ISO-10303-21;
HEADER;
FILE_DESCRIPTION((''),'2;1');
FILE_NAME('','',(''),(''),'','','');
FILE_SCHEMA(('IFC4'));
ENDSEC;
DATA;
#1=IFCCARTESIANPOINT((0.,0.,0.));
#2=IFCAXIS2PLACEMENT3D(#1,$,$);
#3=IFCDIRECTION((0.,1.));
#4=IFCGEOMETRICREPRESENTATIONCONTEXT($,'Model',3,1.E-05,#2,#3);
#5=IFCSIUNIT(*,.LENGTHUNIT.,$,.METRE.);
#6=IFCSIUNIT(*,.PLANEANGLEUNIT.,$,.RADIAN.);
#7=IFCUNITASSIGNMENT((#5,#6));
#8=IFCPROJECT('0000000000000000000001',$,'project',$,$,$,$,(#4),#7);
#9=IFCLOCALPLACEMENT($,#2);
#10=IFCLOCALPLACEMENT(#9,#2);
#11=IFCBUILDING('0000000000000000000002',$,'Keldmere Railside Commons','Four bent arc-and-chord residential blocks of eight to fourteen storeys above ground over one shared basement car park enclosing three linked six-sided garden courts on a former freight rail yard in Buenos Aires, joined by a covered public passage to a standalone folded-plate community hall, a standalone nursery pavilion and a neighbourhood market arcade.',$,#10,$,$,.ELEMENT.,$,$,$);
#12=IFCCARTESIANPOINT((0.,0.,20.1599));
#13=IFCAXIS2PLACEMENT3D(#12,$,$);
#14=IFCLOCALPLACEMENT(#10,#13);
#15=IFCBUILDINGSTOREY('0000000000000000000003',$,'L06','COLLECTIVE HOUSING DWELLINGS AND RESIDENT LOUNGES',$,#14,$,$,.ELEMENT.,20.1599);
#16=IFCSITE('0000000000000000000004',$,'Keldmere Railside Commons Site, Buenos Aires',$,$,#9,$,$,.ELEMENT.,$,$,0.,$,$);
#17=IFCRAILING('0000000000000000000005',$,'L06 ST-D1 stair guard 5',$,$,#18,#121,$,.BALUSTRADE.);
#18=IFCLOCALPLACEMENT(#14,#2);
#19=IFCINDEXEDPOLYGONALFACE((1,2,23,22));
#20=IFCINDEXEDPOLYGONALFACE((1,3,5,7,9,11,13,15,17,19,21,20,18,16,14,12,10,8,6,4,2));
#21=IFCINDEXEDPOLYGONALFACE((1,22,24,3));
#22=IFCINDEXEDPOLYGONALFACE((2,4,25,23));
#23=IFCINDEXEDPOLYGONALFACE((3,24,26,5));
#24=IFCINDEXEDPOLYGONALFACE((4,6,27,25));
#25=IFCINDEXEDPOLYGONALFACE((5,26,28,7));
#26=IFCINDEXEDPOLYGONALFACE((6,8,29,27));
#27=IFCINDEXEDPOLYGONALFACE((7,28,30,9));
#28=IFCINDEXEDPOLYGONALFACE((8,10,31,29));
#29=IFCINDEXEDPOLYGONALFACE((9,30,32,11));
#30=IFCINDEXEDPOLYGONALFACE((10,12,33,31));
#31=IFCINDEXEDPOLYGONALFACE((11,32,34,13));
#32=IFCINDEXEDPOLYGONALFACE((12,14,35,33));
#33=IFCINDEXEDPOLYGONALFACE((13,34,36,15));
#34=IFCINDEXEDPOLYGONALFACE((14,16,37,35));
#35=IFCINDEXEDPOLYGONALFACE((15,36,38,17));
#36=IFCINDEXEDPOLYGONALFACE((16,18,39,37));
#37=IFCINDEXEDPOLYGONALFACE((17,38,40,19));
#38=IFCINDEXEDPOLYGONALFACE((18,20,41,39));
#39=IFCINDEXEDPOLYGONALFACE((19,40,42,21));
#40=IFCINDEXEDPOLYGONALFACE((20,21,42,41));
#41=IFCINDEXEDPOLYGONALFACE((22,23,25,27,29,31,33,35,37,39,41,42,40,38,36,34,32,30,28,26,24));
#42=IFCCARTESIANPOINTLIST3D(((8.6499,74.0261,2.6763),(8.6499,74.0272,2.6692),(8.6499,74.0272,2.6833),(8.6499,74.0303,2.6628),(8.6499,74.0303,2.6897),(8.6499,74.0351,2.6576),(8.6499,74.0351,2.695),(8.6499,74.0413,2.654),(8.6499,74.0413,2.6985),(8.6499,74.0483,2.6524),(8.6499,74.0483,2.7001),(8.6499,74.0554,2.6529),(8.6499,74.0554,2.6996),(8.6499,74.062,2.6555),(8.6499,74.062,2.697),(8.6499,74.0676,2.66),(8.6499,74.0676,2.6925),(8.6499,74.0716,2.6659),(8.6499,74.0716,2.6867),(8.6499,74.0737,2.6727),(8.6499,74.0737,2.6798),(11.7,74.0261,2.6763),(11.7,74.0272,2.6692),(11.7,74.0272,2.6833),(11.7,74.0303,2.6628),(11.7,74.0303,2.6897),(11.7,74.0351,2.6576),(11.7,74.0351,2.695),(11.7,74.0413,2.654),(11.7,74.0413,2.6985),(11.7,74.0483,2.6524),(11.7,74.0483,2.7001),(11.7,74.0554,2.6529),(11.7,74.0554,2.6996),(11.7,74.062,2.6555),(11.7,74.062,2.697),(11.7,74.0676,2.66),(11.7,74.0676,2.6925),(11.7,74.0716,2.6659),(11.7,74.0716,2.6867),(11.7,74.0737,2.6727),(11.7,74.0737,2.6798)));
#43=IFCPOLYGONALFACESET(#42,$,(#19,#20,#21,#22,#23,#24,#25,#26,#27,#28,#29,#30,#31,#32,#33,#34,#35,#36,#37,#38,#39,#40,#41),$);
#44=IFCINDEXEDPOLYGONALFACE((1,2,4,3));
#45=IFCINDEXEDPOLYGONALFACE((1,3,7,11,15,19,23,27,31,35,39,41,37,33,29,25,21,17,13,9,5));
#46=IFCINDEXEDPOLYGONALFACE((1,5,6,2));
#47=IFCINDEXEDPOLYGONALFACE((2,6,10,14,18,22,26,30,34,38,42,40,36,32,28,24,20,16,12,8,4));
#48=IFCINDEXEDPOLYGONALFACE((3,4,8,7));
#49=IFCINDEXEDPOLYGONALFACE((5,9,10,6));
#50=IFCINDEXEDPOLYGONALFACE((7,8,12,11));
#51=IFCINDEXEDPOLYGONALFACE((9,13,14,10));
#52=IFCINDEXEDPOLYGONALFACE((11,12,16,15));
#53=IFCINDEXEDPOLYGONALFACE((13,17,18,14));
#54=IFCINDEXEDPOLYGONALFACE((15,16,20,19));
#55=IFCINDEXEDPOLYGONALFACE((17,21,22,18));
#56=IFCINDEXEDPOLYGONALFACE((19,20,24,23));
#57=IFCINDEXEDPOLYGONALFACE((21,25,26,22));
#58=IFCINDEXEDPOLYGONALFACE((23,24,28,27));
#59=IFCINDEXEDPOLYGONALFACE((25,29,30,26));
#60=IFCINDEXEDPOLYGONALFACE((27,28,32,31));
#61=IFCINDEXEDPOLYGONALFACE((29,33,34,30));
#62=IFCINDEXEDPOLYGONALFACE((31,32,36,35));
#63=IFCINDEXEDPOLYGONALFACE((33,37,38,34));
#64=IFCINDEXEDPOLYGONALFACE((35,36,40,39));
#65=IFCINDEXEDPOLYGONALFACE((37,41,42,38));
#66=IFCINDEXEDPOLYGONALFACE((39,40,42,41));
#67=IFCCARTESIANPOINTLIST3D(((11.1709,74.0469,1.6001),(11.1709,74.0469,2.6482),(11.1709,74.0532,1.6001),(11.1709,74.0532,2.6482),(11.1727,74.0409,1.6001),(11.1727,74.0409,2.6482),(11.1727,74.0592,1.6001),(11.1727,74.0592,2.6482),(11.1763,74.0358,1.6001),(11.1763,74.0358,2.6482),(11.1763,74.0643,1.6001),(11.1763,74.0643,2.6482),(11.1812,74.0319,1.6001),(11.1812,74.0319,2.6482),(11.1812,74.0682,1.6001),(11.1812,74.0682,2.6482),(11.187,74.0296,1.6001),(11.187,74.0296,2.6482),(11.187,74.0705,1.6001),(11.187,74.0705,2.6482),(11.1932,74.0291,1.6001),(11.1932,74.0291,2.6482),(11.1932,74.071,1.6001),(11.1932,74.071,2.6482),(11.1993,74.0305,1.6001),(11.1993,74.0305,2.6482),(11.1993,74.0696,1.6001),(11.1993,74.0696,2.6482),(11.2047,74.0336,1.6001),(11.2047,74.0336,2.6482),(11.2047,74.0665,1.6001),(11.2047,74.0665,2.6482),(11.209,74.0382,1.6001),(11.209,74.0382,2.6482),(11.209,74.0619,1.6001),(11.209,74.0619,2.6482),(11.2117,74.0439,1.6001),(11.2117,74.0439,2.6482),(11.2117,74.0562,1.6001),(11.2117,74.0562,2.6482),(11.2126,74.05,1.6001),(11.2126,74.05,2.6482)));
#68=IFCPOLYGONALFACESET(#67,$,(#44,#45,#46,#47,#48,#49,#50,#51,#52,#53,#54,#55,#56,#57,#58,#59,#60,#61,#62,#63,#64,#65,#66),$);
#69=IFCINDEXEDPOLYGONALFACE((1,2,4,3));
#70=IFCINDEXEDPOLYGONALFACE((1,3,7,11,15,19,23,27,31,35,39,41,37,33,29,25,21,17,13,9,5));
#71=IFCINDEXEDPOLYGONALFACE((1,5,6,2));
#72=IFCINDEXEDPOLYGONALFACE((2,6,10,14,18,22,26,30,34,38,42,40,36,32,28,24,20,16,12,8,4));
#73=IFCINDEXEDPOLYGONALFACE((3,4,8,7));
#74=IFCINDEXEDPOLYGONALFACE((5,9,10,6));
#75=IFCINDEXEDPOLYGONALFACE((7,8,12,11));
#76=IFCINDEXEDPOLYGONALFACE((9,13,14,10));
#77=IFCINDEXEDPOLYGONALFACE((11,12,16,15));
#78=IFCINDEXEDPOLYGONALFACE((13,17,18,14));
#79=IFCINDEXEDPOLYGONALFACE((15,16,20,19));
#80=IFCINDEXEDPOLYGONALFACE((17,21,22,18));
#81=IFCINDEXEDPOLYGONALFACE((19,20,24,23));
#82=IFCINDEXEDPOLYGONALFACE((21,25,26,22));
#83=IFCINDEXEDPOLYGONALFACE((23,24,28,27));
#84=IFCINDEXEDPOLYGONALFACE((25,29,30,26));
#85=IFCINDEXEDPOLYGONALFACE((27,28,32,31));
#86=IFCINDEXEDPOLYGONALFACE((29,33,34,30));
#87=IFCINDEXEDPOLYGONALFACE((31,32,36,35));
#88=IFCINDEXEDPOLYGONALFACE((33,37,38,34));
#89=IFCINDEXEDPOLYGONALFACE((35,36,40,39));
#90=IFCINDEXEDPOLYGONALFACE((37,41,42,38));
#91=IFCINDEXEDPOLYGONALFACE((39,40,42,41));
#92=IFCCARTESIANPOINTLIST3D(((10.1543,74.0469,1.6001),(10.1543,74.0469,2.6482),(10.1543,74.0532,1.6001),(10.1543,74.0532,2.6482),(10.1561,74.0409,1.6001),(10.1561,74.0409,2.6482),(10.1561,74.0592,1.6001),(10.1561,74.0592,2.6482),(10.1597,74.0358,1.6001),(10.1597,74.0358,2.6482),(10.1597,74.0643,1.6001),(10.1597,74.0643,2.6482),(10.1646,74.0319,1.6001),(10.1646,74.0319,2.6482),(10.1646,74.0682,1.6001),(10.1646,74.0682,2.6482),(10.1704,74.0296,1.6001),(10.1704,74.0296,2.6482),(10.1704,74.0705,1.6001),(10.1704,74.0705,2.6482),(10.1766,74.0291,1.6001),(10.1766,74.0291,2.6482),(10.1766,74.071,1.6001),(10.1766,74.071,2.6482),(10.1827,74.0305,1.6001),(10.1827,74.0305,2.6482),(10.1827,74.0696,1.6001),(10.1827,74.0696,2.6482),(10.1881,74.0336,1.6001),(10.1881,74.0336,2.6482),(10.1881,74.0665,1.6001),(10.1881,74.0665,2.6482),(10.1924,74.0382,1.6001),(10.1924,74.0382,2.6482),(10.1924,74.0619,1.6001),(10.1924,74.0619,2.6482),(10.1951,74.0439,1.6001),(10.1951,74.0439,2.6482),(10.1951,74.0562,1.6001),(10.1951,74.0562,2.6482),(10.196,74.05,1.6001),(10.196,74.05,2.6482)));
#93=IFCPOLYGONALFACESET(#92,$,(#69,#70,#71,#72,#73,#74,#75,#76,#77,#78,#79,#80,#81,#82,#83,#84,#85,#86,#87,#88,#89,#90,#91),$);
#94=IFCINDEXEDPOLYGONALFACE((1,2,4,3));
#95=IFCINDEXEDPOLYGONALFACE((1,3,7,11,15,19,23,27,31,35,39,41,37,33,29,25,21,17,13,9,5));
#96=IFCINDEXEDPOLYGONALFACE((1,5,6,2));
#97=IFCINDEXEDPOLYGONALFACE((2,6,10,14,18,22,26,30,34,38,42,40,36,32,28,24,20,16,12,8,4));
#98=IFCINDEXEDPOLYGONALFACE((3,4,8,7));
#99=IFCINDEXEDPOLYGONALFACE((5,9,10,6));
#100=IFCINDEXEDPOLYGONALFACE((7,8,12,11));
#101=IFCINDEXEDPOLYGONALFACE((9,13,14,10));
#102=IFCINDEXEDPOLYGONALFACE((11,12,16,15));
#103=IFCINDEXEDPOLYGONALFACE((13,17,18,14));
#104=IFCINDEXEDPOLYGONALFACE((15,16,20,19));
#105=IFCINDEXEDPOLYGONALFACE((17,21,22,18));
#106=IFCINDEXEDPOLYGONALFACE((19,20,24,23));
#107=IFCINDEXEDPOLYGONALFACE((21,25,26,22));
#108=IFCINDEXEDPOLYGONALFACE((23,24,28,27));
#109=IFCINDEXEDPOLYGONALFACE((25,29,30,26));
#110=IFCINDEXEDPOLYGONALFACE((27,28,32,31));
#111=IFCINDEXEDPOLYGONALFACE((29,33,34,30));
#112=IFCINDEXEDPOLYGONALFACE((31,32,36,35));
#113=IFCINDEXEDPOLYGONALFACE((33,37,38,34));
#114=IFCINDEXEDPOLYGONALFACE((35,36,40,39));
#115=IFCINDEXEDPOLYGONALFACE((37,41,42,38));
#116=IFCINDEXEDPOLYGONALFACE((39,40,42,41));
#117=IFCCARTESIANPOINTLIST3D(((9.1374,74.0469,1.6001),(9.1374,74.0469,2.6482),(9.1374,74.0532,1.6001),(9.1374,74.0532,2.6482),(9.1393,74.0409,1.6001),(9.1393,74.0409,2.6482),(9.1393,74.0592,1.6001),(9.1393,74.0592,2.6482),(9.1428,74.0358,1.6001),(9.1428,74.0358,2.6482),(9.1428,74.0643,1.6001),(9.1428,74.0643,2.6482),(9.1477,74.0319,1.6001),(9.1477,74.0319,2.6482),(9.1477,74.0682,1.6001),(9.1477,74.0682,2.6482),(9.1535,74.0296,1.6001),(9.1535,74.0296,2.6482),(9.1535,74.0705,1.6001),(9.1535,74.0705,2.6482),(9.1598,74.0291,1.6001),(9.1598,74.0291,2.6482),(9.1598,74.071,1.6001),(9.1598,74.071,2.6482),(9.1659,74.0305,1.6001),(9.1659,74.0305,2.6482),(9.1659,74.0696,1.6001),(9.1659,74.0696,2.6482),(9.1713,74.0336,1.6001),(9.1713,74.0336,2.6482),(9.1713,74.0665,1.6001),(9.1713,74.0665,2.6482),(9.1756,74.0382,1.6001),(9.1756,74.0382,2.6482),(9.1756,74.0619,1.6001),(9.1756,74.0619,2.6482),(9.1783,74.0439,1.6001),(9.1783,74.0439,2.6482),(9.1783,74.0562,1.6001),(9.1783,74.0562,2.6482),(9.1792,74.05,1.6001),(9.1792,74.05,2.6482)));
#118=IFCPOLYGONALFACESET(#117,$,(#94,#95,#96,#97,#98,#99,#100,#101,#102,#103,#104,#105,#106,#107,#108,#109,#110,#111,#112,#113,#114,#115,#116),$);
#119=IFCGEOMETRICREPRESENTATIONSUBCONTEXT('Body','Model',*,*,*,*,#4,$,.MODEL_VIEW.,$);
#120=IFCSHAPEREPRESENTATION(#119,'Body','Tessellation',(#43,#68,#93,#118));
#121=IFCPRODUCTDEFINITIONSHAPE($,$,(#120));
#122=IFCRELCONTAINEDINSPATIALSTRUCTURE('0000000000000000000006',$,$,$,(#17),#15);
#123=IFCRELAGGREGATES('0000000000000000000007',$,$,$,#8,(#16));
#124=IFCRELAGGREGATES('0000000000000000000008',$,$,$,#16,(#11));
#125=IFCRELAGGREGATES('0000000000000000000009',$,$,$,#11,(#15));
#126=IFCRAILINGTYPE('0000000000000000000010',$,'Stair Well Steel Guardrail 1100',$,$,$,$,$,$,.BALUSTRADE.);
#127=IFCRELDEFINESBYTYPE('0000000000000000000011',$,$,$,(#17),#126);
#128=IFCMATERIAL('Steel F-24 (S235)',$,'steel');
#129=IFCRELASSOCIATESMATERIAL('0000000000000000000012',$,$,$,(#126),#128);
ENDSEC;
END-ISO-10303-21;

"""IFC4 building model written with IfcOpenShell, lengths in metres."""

from ifc_helpers import new_model, si_unit, direction, frame, origin, origin_2d, place, context, subcontext, project, spatial, circle, extrude, material, type_object, element, save


model = new_model("IFC4")

# Units and contexts
model_context = context("Model", 3, precision=1e-05, world=origin(), true_north=direction((0.0, 1.0)))
body_context = subcontext(model_context, "Body", "Model", "MODEL_VIEW")
ifc_project = project(units=[si_unit("LENGTHUNIT", "METRE"), si_unit("PLANEANGLEUNIT", "RADIAN")], contexts=[model_context])

# Site, building, storey
site_placement = place(None, origin())
site = spatial("IfcSite", under=ifc_project, at=site_placement, Name="Keldmere Railside Commons Site, Buenos Aires", CompositionType="ELEMENT", RefElevation=0.0)
building_placement = place(site_placement, origin())
building = spatial("IfcBuilding", under=site, at=building_placement, Name="Keldmere Railside Commons", Description="Four bent arc-and-chord residential blocks of eight to fourteen storeys above ground over one shared basement car park enclosing three linked six-sided garden courts on a former freight rail yard in Buenos Aires, joined by a covered public passage to a standalone folded-plate community hall, a standalone nursery pavilion and a neighbourhood market arcade.", CompositionType="ELEMENT")
storey_placement = place(building_placement, frame((0.0, 0.0, 20.1599)))
storey = spatial("IfcBuildingStorey", under=building, at=storey_placement, Name="L06", Description="COLLECTIVE HOUSING DWELLINGS AND RESIDENT LOUNGES", CompositionType="ELEMENT", Elevation=20.1599)

# Railing
ifc_material_1 = material(Name="Steel F-24 (S235)", Category="steel")
railing_type_1 = type_object("IfcRailingType", Name="Stair Well Steel Guardrail 1100", PredefinedType="BALUSTRADE", material=ifc_material_1)
railing_1_placement = place(storey_placement, frame((11.7, 74.05, 1.6001)))
element("IfcRailing", 1, at=railing_1_placement, inside=storey, type_object=railing_type_1, Name="L06 ST-D1 stair guard 5", PredefinedType="BALUSTRADE", context=body_context, shape_type="SweptSolid", body=[
    extrude(circle(Radius=0.0239, at=origin_2d()), frame((0.0, 0.0, 1.0762), z_axis=(-1.0, 0.0, 0.0), x_axis=(0.0, -1.0, 0.0)), (0.0, 0.0, 1.0), 3.05),
    extrude(circle(Radius=0.021, at=origin_2d()), frame((-0.5083, 0.0, 0.0)), (0.0, 0.0, 1.0), 1.0481),
    extrude(circle(Radius=0.021, at=origin_2d()), frame((-1.5249, 0.0, 0.0)), (0.0, 0.0, 1.0), 1.0481),
    extrude(circle(Radius=0.021, at=origin_2d()), frame((-2.5417, 0.0, 0.0)), (0.0, 0.0, 1.0), 1.0481),
])

save(model, "model.ifc")
